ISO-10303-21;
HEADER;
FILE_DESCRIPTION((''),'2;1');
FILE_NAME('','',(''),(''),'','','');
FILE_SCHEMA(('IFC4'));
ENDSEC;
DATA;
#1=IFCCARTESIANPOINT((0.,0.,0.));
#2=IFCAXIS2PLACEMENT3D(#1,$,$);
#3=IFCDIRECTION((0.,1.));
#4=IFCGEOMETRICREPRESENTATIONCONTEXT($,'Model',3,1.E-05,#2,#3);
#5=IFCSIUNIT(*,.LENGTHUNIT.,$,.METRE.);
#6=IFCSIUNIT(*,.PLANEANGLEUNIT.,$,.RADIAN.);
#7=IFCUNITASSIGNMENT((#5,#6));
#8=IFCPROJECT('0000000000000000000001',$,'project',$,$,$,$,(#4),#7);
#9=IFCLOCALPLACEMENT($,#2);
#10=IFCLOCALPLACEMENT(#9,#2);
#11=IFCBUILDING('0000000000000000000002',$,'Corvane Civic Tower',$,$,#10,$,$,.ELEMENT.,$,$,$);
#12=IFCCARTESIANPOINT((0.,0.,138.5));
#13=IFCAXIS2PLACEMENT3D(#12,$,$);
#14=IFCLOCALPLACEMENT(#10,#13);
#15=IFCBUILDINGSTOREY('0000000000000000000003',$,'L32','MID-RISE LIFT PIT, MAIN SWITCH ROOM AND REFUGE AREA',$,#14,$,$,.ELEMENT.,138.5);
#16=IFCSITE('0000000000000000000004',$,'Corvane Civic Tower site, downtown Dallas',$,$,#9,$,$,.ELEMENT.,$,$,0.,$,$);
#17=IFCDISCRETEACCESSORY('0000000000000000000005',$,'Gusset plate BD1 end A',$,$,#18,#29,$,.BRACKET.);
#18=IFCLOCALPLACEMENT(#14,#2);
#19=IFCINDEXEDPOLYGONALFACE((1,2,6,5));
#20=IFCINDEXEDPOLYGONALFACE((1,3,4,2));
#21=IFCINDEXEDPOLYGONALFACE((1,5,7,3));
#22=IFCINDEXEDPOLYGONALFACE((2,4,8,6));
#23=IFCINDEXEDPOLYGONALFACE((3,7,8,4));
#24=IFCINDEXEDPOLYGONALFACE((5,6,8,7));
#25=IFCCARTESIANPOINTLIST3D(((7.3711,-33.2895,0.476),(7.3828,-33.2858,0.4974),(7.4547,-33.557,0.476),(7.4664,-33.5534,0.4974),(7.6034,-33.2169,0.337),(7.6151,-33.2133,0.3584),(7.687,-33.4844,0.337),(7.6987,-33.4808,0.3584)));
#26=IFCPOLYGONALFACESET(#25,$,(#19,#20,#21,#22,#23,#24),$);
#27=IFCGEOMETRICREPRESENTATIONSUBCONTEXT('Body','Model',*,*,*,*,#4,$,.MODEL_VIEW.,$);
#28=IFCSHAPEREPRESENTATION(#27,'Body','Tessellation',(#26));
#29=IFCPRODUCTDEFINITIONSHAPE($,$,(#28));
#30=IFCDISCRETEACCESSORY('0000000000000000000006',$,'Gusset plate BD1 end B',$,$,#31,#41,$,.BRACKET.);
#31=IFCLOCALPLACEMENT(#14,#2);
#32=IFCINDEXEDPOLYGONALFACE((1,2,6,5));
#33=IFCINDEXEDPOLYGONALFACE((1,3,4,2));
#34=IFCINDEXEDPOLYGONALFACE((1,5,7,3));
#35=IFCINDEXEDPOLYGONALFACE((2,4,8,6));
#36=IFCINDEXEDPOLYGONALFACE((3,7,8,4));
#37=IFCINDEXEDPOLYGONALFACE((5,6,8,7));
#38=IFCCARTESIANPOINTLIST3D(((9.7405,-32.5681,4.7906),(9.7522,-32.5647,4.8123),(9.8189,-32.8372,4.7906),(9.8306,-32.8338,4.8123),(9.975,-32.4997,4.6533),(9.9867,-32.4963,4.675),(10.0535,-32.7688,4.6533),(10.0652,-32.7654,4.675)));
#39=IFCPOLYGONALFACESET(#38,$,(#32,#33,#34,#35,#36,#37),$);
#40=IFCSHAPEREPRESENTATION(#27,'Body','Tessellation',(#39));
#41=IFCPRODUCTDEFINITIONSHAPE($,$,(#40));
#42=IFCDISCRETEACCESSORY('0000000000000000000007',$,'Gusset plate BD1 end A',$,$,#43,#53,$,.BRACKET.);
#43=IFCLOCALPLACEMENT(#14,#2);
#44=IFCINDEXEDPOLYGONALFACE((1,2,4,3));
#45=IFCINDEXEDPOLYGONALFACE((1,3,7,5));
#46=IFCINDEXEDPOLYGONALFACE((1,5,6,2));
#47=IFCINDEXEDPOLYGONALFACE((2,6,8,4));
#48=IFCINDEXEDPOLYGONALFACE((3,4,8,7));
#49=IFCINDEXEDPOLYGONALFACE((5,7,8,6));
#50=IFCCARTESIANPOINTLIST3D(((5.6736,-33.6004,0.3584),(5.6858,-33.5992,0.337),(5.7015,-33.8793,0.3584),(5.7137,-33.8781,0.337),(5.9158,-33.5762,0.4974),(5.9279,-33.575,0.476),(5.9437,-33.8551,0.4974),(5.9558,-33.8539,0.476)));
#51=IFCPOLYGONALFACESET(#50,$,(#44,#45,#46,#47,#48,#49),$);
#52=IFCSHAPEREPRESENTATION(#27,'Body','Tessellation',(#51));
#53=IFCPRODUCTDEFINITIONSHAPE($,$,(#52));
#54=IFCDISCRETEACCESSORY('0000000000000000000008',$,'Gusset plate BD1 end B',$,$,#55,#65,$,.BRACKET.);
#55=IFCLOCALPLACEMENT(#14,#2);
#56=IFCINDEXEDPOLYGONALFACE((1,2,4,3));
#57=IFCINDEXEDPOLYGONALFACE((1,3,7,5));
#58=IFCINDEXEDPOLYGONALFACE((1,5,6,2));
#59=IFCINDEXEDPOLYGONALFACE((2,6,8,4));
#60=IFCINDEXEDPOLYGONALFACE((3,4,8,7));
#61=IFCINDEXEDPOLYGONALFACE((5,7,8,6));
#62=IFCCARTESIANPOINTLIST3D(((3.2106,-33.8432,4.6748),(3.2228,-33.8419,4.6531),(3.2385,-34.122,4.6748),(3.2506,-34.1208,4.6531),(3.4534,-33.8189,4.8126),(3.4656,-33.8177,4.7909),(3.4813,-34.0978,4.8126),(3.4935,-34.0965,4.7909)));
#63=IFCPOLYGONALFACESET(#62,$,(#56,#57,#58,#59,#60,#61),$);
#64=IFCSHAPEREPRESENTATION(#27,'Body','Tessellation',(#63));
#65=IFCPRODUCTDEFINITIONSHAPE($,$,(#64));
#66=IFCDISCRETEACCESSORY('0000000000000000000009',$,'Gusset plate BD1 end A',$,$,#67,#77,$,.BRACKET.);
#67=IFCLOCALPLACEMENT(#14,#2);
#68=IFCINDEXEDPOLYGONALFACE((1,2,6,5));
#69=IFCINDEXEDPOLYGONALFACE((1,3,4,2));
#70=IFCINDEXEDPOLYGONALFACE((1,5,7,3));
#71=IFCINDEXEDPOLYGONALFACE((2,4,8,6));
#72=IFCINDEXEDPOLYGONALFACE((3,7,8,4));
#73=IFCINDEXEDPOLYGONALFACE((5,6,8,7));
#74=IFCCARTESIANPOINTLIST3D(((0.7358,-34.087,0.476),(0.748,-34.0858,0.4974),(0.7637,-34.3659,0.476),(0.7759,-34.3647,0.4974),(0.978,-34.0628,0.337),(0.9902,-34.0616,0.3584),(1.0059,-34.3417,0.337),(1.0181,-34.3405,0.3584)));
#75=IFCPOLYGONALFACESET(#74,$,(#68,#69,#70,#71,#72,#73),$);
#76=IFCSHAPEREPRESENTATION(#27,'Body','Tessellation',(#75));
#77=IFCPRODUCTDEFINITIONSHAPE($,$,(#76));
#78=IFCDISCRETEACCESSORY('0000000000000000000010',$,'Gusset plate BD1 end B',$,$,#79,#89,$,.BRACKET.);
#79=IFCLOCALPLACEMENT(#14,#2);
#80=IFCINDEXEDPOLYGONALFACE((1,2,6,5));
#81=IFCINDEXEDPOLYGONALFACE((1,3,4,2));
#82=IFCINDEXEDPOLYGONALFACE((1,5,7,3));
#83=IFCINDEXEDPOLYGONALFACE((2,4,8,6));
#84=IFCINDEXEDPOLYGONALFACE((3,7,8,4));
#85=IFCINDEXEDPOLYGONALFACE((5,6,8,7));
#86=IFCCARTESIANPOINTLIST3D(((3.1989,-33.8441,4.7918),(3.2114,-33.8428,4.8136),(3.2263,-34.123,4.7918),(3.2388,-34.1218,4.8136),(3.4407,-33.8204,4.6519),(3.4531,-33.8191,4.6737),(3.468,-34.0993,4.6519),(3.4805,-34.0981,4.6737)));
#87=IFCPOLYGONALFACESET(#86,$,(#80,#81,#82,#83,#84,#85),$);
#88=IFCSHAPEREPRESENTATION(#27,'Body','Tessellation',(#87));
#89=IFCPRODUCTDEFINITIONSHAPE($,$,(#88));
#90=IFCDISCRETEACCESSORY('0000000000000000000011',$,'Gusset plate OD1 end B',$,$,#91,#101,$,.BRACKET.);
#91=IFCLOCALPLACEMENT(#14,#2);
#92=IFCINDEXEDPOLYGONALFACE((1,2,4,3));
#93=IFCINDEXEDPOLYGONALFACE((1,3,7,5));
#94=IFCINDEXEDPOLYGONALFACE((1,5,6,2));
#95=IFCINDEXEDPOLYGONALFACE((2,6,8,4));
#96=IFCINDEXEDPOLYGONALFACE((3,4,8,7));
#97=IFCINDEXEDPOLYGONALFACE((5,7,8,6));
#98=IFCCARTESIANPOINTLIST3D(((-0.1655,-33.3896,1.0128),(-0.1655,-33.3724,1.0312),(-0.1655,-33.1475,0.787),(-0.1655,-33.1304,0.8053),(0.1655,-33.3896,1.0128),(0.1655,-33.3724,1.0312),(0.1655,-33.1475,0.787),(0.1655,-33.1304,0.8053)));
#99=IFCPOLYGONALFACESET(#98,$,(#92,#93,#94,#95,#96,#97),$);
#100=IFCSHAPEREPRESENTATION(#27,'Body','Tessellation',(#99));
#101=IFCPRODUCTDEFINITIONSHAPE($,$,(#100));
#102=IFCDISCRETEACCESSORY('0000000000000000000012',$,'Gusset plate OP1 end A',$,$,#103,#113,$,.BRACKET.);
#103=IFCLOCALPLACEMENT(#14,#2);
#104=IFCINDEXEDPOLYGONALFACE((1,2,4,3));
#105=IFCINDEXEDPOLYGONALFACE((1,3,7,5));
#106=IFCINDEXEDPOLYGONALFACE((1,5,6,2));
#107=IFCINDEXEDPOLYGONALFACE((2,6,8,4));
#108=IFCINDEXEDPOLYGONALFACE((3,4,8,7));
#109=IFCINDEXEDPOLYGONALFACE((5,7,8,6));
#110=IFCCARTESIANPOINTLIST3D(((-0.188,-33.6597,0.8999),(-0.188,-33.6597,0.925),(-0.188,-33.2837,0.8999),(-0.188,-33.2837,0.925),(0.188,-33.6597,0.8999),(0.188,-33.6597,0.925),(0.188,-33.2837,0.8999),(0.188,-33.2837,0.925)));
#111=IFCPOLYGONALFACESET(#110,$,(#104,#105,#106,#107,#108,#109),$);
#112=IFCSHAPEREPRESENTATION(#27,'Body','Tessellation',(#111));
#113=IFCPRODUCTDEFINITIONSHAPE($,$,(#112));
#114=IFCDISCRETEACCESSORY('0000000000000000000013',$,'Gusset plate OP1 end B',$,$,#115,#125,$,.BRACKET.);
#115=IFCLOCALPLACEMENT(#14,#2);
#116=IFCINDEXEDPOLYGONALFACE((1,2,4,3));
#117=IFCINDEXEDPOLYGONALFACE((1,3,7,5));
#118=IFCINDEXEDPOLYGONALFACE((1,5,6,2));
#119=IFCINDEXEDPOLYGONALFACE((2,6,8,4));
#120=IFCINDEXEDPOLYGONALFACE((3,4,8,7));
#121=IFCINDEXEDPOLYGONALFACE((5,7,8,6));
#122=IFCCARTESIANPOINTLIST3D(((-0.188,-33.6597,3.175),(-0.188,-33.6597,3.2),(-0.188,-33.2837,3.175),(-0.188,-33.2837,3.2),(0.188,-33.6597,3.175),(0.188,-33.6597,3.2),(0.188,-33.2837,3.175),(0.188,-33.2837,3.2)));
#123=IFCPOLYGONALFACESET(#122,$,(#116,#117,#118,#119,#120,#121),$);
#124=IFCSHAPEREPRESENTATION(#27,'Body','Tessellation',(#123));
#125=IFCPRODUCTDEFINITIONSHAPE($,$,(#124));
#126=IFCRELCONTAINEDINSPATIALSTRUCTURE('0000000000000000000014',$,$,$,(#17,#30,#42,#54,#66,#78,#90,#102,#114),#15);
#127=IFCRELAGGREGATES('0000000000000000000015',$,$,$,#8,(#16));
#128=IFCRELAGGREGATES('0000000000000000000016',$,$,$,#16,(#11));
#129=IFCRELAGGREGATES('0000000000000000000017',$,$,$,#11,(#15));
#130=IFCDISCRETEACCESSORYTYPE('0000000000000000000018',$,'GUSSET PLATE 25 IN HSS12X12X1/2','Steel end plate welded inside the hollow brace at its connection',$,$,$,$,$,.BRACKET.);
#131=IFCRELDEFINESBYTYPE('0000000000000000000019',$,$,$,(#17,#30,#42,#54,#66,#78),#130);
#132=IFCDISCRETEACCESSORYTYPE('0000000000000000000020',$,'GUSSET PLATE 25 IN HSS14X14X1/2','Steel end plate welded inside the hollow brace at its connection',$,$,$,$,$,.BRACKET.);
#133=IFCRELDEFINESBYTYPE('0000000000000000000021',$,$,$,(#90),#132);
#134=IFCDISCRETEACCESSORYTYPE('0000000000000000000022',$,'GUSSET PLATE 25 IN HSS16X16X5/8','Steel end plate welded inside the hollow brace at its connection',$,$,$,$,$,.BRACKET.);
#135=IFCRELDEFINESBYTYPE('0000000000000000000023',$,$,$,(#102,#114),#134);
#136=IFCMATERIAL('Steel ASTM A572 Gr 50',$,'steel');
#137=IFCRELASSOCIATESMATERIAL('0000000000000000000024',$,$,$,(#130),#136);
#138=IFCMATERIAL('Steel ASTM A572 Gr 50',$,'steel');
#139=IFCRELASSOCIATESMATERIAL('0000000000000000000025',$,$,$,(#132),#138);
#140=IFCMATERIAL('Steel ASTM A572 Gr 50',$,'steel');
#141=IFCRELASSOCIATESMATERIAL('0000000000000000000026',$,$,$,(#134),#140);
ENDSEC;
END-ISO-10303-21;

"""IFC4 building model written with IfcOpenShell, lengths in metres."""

from ifc_helpers import new_model, si_unit, direction, frame, origin, origin_2d, place, context, subcontext, project, spatial, rectangle, extrude, material, material_profile, profile_set, type_object, element, save


model = new_model("IFC4")

# Units and contexts
model_context = context("Model", 3, precision=1e-05, world=origin(), true_north=direction((0.0, 1.0)))
body_context = subcontext(model_context, "Body", "Model", "MODEL_VIEW")
ifc_project = project(units=[si_unit("LENGTHUNIT", "METRE"), si_unit("PLANEANGLEUNIT", "RADIAN")], contexts=[model_context])

# Site, building, storey
site_placement = place(None, origin())
site = spatial("IfcSite", under=ifc_project, at=site_placement, Name="Corvane Civic Tower site, downtown Dallas", CompositionType="ELEMENT", RefElevation=0.0)
building_placement = place(site_placement, origin())
building = spatial("IfcBuilding", under=site, at=building_placement, Name="Corvane Civic Tower", CompositionType="ELEMENT")
storey_placement = place(building_placement, frame((0.0, 0.0, 138.5)))
storey = spatial("IfcBuildingStorey", under=building, at=storey_placement, Name="L32", Description="MID-RISE LIFT PIT, MAIN SWITCH ROOM AND REFUGE AREA", CompositionType="ELEMENT", Elevation=138.5)

# Discrete accessories
ifc_material_1 = material(Name="Steel ASTM A572 Gr 50", Category="steel")
ifc_material_profile_1 = material_profile(ifc_material_1, rectangle(XDim=0.2803, YDim=0.2803, at=origin_2d()), Name="GUSSET PLATE 25 IN HSS12X12X1/2")
ifc_profile_set_1 = profile_set([ifc_material_profile_1], Name="Steel ASTM A572 Gr 50")
discrete_accessory_type_1 = type_object("IfcDiscreteAccessoryType", Name="GUSSET PLATE 25 IN HSS12X12X1/2", Description="Steel end plate welded inside the hollow brace at its connection", PredefinedType="BRACKET", material=ifc_profile_set_1)
discrete_accessory_1_placement = place(storey_placement, frame((7.5291, -33.387, 0.4065), z_axis=(0.473579, 0.147993, 0.868228), x_axis=(-0.298275, 0.95448, 0.0)))
element("IfcDiscreteAccessory", 1, at=discrete_accessory_1_placement, inside=storey, type_object=discrete_accessory_type_1, Name="Gusset plate BD1 end A", PredefinedType="BRACKET", context=body_context, shape_type="SweptSolid", body=[
    extrude(rectangle(XDim=0.2803, YDim=0.2803, at=origin_2d()), origin(), (0.0, 0.0, 1.0), 0.0247),
])
discrete_accessory_2_placement = place(storey_placement, frame((9.9087, -32.665, 4.7437), z_axis=(-0.470204, -0.137143, -0.871837), x_axis=(0.28, -0.96, 0.0)))
element("IfcDiscreteAccessory", 2, at=discrete_accessory_2_placement, inside=storey, type_object=discrete_accessory_type_1, Name="Gusset plate BD1 end B", PredefinedType="BRACKET", context=body_context, shape_type="SweptSolid", body=[
    extrude(rectangle(XDim=0.2803, YDim=0.2803, at=origin_2d()), origin(), (0.0, 0.0, 1.0), 0.0249),
])
discrete_accessory_3_placement = place(storey_placement, frame((5.8208, -33.7266, 0.4065), z_axis=(-0.493408, -0.049341, 0.868398), x_axis=(0.099504, -0.995037, 0.0)))
element("IfcDiscreteAccessory", 3, at=discrete_accessory_3_placement, inside=storey, type_object=discrete_accessory_type_1, Name="Gusset plate BD1 end A", PredefinedType="BRACKET", context=body_context, shape_type="SweptSolid", body=[
    extrude(rectangle(XDim=0.2803, YDim=0.2803, at=origin_2d()), origin(), (0.0, 0.0, 1.0), 0.0247),
])
discrete_accessory_4_placement = place(storey_placement, frame((3.3459, -33.9705, 4.7437), z_axis=(0.48921, 0.048921, -0.870793), x_axis=(-0.099504, 0.995037, 0.0)))
element("IfcDiscreteAccessory", 4, at=discrete_accessory_4_placement, inside=storey, type_object=discrete_accessory_type_1, Name="Gusset plate BD1 end B", PredefinedType="BRACKET", context=body_context, shape_type="SweptSolid", body=[
    extrude(rectangle(XDim=0.2803, YDim=0.2803, at=origin_2d()), origin(), (0.0, 0.0, 1.0), 0.0249),
])
discrete_accessory_5_placement = place(storey_placement, frame((0.8708, -34.2144, 0.4065), z_axis=(0.493408, 0.049341, 0.868398), x_axis=(-0.099504, 0.995037, 0.0)))
element("IfcDiscreteAccessory", 5, at=discrete_accessory_5_placement, inside=storey, type_object=discrete_accessory_type_1, Name="Gusset plate BD1 end A", PredefinedType="BRACKET", context=body_context, shape_type="SweptSolid", body=[
    extrude(rectangle(XDim=0.2803, YDim=0.2803, at=origin_2d()), origin(), (0.0, 0.0, 1.0), 0.0247),
])
discrete_accessory_6_placement = place(storey_placement, frame((3.3459, -33.9705, 4.7437), z_axis=(-0.496599, -0.048686, -0.866614), x_axis=(0.097571, -0.995229, 0.0)))
element("IfcDiscreteAccessory", 6, at=discrete_accessory_6_placement, inside=storey, type_object=discrete_accessory_type_1, Name="Gusset plate BD1 end B", PredefinedType="BRACKET", context=body_context, shape_type="SweptSolid", body=[
    extrude(rectangle(XDim=0.2803, YDim=0.2803, at=origin_2d()), origin(), (0.0, 0.0, 1.0), 0.0251),
])
ifc_material_2 = material(Name="Steel ASTM A572 Gr 50", Category="steel")
ifc_material_profile_2 = material_profile(ifc_material_2, rectangle(XDim=0.3311, YDim=0.3311, at=origin_2d()), Name="GUSSET PLATE 25 IN HSS14X14X1/2")
ifc_profile_set_2 = profile_set([ifc_material_profile_2], Name="Steel ASTM A572 Gr 50")
discrete_accessory_type_2 = type_object("IfcDiscreteAccessoryType", Name="GUSSET PLATE 25 IN HSS14X14X1/2", Description="Steel end plate welded inside the hollow brace at its connection", PredefinedType="BRACKET", material=ifc_profile_set_2)
discrete_accessory_7_placement = place(storey_placement, frame((0.0, -33.2686, 0.8999), z_axis=(0.0, 0.682318, 0.731055), x_axis=(-1.0, 0.0, 0.0)))
element("IfcDiscreteAccessory", 7, at=discrete_accessory_7_placement, inside=storey, type_object=discrete_accessory_type_2, Name="Gusset plate OD1 end B", PredefinedType="BRACKET", context=body_context, shape_type="SweptSolid", body=[
    extrude(rectangle(XDim=0.3311, YDim=0.3311, at=origin_2d()), origin(), (0.0, 0.0, 1.0), 0.0251),
])
ifc_material_3 = material(Name="Steel ASTM A572 Gr 50", Category="steel")
ifc_material_profile_3 = material_profile(ifc_material_3, rectangle(XDim=0.376, YDim=0.376, at=origin_2d()), Name="GUSSET PLATE 25 IN HSS16X16X5/8")
ifc_profile_set_3 = profile_set([ifc_material_profile_3], Name="Steel ASTM A572 Gr 50")
discrete_accessory_type_3 = type_object("IfcDiscreteAccessoryType", Name="GUSSET PLATE 25 IN HSS16X16X5/8", Description="Steel end plate welded inside the hollow brace at its connection", PredefinedType="BRACKET", material=ifc_profile_set_3)
discrete_accessory_8_placement = place(storey_placement, frame((0.0, -33.4717, 0.8999), z_axis=(0.0, 0.0, 1.0), x_axis=(1.0, 0.0, 0.0)))
element("IfcDiscreteAccessory", 8, at=discrete_accessory_8_placement, inside=storey, type_object=discrete_accessory_type_3, Name="Gusset plate OP1 end A", PredefinedType="BRACKET", context=body_context, shape_type="SweptSolid", body=[
    extrude(rectangle(XDim=0.376, YDim=0.376, at=origin_2d()), origin(), (0.0, 0.0, 1.0), 0.0251),
])
discrete_accessory_9_placement = place(storey_placement, frame((0.0, -33.4717, 3.2), z_axis=(0.0, 0.0, -1.0), x_axis=(1.0, 0.0, 0.0)))
element("IfcDiscreteAccessory", 9, at=discrete_accessory_9_placement, inside=storey, type_object=discrete_accessory_type_3, Name="Gusset plate OP1 end B", PredefinedType="BRACKET", context=body_context, shape_type="SweptSolid", body=[
    extrude(rectangle(XDim=0.376, YDim=0.376, at=origin_2d()), origin(), (0.0, 0.0, 1.0), 0.0249),
])

save(model, "model.ifc")
